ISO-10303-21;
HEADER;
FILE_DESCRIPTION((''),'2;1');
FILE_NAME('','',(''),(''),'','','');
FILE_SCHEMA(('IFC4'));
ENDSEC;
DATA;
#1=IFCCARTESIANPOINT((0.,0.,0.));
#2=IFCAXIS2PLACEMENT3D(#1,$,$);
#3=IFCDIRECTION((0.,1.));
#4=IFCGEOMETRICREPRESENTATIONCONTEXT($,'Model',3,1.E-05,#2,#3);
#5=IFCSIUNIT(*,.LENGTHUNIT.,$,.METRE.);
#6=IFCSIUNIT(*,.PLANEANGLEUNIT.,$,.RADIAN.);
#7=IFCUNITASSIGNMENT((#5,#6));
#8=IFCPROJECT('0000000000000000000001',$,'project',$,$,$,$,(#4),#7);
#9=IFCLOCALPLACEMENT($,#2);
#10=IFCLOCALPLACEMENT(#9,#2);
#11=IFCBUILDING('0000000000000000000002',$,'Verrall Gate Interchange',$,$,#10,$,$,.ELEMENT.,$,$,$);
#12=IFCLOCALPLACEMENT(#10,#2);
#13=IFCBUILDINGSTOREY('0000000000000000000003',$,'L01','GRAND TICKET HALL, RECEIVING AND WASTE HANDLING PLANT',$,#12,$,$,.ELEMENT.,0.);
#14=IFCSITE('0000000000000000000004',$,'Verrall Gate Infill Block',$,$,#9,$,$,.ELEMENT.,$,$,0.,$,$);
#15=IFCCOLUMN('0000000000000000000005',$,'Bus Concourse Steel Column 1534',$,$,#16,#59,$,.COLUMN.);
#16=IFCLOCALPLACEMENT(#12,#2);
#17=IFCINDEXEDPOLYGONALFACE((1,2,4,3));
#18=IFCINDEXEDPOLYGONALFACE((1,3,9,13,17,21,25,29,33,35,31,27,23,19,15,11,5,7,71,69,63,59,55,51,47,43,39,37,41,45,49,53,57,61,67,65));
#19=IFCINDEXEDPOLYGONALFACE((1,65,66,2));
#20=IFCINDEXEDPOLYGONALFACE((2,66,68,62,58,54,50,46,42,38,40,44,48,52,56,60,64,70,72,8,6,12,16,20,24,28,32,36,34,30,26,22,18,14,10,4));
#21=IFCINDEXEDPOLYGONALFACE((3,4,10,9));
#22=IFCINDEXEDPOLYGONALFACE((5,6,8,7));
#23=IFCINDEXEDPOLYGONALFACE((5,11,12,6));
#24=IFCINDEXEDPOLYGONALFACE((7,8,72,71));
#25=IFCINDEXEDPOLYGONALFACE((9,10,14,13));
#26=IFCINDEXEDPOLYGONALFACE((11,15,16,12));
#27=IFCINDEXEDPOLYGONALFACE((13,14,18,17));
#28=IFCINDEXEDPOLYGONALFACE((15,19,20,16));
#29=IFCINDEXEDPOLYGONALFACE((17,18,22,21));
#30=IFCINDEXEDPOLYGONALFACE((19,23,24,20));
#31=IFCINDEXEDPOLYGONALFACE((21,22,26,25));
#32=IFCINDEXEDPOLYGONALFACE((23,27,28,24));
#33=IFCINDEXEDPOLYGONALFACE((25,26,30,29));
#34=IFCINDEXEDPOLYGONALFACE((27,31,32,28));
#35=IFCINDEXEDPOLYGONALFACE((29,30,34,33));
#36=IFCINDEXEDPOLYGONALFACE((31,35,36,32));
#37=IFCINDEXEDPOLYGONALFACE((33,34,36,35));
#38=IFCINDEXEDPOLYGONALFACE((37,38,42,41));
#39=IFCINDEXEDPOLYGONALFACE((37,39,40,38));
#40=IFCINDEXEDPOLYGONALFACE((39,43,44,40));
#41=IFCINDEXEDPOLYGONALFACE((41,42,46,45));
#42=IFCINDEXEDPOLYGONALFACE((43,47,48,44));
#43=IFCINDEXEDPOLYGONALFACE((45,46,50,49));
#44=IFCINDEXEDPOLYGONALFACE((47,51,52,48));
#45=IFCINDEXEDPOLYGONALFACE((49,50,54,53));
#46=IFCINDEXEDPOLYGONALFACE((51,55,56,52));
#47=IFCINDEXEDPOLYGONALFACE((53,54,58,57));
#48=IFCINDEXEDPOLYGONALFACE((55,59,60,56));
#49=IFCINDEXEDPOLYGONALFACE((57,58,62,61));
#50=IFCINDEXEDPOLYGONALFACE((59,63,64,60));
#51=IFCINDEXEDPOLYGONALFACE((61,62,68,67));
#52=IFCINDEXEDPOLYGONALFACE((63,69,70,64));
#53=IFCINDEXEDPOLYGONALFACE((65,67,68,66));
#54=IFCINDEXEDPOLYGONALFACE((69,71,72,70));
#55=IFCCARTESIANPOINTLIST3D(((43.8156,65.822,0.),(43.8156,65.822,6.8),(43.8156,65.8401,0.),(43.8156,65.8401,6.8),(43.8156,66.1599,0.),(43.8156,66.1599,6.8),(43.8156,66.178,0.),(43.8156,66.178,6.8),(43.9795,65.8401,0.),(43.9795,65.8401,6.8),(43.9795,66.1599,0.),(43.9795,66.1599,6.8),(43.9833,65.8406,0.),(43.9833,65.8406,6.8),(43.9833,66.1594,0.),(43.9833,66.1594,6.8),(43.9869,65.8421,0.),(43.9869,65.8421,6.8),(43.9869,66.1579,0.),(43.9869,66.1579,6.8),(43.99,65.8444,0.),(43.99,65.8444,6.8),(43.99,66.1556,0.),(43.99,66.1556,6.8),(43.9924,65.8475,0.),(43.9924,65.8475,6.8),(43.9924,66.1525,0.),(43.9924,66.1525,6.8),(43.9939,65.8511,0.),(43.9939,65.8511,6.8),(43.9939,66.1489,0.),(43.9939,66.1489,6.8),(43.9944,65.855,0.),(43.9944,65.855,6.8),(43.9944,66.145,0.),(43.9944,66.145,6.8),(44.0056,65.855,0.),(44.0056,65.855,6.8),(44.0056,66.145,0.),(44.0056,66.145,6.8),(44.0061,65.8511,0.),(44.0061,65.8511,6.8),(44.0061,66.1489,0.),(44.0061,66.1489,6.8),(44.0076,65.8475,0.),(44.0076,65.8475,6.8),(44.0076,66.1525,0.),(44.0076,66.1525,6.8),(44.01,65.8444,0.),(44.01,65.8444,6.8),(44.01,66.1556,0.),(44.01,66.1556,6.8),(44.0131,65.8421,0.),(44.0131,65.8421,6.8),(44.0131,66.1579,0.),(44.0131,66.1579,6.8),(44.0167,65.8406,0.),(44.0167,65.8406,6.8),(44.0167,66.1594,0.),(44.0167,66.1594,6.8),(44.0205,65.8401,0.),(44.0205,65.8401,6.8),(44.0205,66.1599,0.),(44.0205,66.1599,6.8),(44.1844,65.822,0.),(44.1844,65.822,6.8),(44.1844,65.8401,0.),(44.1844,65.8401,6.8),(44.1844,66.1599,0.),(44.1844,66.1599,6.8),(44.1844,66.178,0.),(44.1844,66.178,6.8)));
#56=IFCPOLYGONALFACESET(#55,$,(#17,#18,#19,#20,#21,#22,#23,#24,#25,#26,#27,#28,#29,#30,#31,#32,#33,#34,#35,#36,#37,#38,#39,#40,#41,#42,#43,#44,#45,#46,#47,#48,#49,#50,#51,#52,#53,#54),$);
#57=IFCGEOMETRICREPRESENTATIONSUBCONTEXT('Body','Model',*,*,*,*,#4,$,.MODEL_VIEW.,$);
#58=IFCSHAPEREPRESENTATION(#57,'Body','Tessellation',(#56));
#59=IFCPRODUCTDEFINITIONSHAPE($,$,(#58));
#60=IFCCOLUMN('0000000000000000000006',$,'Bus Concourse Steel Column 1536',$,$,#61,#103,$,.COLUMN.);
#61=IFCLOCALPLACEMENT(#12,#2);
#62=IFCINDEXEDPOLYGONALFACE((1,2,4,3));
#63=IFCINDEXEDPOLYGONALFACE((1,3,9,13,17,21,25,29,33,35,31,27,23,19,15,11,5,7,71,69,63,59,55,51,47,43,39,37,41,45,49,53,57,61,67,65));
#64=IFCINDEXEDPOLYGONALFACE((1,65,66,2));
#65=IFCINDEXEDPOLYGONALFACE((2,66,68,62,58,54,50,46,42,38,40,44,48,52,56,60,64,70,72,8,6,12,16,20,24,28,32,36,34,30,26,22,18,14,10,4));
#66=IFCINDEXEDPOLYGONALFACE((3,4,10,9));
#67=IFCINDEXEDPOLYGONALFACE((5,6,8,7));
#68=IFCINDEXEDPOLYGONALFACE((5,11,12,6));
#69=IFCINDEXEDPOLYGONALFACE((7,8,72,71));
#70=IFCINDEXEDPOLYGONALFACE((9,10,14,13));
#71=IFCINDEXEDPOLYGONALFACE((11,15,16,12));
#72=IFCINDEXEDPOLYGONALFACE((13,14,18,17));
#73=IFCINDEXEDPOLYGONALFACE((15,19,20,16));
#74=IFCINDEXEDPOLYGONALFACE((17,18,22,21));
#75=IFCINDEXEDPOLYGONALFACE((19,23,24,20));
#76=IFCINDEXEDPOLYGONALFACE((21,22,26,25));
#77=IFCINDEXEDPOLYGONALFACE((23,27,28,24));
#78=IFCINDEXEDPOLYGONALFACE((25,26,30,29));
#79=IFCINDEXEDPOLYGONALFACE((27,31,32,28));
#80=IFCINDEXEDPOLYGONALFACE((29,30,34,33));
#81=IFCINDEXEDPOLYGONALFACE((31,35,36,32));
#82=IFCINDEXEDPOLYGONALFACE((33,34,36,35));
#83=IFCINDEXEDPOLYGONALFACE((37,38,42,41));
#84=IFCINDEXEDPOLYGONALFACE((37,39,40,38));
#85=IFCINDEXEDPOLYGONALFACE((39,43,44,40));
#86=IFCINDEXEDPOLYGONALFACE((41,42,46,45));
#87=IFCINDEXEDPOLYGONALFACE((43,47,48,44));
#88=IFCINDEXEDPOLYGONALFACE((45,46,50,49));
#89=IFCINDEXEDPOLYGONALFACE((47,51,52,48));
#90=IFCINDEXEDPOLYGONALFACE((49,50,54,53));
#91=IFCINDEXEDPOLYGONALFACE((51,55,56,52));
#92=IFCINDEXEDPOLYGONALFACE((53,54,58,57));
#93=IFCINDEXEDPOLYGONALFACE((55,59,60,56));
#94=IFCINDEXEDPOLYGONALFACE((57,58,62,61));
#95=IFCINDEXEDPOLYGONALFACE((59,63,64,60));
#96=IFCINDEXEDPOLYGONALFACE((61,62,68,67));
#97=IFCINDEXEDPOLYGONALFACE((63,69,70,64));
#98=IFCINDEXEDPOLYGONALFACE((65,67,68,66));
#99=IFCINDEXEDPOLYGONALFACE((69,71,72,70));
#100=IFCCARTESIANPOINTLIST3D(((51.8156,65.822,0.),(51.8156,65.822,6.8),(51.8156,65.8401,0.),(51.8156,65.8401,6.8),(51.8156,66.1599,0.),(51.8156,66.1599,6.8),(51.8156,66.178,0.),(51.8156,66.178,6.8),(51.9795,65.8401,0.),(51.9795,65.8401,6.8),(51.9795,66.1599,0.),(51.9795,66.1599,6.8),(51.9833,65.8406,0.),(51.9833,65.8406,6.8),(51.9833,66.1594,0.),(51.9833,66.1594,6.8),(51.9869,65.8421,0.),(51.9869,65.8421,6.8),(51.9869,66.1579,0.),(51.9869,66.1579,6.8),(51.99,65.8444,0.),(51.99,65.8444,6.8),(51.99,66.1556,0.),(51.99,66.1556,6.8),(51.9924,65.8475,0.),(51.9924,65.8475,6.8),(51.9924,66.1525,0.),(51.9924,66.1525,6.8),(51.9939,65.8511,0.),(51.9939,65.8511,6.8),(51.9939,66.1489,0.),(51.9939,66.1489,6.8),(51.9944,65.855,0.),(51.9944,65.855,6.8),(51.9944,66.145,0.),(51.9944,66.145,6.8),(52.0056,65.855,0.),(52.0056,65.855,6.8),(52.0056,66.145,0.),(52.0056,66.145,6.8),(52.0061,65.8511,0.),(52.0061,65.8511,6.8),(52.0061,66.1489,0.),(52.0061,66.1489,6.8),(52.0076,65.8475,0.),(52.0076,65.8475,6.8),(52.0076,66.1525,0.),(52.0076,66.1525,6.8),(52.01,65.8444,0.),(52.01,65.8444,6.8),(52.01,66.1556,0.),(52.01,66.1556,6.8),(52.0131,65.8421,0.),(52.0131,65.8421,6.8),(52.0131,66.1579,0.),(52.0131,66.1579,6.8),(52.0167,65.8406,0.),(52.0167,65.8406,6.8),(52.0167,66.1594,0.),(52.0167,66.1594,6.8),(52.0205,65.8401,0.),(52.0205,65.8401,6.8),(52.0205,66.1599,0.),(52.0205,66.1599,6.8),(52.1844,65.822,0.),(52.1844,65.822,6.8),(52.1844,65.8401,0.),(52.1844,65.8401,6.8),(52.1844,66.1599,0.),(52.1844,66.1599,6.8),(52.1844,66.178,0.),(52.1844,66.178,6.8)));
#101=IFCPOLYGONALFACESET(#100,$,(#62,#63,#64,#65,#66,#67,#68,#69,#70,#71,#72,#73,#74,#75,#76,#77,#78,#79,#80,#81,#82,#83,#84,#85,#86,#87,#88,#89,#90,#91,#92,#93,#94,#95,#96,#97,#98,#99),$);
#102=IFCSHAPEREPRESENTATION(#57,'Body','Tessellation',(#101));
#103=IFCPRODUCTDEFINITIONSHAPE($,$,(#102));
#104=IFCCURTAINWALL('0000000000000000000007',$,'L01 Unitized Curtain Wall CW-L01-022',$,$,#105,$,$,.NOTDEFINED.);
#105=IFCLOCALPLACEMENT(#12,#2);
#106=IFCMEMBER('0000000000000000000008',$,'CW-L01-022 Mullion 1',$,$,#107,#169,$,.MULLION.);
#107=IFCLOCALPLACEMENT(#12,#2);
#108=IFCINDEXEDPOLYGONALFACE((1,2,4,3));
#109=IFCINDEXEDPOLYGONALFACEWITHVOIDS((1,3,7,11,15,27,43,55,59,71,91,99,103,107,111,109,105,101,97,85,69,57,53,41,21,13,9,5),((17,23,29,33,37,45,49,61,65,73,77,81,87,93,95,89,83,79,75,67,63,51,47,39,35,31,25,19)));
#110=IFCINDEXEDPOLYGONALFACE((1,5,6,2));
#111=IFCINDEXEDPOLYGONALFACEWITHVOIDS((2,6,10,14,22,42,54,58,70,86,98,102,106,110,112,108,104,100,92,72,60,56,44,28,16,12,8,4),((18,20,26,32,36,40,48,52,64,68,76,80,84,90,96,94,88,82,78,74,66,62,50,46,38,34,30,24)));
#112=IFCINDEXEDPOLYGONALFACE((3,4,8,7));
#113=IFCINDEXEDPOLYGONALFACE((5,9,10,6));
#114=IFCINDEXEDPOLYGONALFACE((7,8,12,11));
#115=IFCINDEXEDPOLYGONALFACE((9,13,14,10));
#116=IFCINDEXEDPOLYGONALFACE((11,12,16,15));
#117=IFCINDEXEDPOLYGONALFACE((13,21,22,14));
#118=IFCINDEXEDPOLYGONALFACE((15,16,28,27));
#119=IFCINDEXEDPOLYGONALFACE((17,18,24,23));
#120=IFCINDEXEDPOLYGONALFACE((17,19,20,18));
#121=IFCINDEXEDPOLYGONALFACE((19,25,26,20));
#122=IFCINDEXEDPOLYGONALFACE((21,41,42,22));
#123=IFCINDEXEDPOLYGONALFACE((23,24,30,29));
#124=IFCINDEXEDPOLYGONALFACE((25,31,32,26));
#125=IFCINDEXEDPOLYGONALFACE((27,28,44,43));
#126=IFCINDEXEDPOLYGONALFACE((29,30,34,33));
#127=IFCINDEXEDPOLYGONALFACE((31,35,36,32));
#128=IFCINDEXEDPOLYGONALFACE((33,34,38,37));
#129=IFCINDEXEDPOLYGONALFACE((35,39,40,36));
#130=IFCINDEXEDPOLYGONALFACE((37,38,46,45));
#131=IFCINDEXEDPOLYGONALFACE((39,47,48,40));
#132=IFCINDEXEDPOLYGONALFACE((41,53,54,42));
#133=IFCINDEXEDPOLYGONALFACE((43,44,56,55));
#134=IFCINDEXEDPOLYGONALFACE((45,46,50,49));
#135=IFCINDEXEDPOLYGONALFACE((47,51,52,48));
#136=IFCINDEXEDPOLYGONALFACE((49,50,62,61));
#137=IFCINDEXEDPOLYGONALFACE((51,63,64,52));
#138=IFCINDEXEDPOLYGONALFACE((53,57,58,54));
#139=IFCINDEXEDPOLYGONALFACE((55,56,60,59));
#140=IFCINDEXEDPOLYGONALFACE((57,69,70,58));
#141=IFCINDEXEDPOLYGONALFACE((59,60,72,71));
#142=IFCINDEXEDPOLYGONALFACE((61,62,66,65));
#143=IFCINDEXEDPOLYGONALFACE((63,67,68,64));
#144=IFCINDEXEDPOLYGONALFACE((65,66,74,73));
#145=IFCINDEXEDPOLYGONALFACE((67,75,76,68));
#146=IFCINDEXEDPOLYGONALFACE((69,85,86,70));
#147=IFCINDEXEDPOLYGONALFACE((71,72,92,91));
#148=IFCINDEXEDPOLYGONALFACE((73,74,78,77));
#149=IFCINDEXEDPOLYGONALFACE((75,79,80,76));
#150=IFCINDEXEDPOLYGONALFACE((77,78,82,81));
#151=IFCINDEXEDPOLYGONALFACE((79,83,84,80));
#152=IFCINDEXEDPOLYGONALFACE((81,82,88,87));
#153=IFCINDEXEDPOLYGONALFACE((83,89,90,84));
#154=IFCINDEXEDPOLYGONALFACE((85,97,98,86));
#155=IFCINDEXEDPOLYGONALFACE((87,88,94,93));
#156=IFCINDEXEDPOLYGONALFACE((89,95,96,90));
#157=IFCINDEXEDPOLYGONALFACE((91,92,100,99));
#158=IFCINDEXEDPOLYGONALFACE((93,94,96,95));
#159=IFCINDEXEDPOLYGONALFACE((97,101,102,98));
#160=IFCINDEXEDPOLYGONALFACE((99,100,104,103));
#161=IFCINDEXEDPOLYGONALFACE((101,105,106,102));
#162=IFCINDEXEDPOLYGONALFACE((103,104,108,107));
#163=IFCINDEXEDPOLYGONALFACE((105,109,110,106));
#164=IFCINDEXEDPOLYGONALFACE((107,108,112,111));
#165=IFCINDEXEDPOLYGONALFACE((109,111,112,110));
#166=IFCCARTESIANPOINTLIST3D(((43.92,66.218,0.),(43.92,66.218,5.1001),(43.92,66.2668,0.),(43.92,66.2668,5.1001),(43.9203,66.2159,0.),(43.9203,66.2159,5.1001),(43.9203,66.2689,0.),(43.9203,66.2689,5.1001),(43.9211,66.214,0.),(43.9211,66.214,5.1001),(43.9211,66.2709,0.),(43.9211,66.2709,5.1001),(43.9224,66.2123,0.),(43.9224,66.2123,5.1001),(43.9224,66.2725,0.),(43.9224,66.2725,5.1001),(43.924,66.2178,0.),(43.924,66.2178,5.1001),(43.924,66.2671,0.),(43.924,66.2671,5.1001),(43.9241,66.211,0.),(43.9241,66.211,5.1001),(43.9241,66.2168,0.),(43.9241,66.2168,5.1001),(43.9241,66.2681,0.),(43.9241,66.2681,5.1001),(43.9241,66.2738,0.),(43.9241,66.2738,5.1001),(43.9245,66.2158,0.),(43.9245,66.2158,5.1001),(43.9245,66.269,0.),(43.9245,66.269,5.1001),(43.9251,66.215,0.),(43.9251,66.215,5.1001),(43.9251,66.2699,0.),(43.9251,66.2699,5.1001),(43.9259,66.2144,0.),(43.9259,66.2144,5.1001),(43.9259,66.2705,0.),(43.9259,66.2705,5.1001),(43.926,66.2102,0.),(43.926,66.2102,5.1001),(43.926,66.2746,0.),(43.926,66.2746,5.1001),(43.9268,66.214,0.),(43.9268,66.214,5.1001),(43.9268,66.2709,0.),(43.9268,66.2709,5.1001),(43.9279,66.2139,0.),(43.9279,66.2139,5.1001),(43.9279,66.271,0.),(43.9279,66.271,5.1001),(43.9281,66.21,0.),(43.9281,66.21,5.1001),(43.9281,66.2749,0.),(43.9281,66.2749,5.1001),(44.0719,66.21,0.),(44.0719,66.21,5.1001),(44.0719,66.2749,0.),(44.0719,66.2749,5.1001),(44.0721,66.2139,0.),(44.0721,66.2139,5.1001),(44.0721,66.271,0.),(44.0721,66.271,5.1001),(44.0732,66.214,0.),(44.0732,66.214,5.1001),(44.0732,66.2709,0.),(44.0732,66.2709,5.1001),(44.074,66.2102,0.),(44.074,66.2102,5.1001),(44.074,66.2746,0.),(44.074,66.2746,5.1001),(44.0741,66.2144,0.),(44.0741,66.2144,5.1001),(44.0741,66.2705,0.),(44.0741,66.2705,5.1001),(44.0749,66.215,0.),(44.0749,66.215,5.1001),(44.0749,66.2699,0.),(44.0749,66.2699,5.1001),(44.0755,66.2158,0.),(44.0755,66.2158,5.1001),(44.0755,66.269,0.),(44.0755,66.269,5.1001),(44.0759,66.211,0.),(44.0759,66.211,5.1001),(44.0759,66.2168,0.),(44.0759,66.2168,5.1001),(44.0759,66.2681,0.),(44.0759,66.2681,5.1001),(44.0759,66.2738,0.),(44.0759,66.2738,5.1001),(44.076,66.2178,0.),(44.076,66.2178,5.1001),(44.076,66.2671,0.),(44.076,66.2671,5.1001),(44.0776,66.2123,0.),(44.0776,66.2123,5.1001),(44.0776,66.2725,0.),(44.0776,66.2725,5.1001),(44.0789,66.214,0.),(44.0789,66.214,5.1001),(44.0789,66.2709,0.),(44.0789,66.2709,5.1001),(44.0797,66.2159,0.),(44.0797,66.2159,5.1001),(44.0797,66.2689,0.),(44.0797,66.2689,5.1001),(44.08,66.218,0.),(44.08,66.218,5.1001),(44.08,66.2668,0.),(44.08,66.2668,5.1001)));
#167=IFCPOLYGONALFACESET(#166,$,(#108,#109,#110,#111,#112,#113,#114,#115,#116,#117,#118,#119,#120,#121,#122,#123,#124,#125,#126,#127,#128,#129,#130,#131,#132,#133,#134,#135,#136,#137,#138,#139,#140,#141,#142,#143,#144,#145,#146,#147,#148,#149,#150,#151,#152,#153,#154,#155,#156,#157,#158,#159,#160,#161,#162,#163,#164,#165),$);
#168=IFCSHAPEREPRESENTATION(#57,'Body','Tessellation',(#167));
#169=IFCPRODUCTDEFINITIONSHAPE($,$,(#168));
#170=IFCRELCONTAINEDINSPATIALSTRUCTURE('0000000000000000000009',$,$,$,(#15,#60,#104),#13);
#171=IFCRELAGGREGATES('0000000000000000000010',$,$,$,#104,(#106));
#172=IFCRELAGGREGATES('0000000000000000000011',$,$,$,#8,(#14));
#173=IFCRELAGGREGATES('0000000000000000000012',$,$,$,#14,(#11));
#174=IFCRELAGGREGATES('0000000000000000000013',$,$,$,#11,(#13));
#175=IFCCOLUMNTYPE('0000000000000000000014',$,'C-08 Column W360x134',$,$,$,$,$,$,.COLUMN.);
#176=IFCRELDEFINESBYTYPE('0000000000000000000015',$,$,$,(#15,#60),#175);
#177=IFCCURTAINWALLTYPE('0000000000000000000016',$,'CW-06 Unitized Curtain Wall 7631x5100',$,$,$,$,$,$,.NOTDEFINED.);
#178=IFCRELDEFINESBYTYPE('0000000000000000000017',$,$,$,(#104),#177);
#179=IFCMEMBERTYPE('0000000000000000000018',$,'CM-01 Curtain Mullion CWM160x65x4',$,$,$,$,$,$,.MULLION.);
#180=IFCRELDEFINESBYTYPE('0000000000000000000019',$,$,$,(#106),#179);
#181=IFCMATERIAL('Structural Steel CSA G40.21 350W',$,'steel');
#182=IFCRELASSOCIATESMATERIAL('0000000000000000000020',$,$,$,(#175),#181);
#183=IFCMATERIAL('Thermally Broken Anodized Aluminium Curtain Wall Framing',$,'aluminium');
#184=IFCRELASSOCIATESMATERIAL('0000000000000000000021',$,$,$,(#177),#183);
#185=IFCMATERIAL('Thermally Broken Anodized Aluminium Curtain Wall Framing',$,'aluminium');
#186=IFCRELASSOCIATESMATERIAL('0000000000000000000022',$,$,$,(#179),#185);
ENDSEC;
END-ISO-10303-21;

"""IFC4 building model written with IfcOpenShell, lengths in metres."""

from ifc_helpers import new_model, si_unit, direction, frame, origin, origin_2d, place, context, subcontext, project, spatial, hollow_rectangle, i_section, extrude, material, material_profile, profile_set, type_object, element, aggregate, save


model = new_model("IFC4")

# Units and contexts
model_context = context("Model", 3, precision=1e-05, world=origin(), true_north=direction((0.0, 1.0)))
body_context = subcontext(model_context, "Body", "Model", "MODEL_VIEW")
ifc_project = project(units=[si_unit("LENGTHUNIT", "METRE"), si_unit("PLANEANGLEUNIT", "RADIAN")], contexts=[model_context])

# Site, building, storey
site_placement = place(None, origin())
site = spatial("IfcSite", under=ifc_project, at=site_placement, Name="Verrall Gate Infill Block", CompositionType="ELEMENT", RefElevation=0.0)
building_placement = place(site_placement, origin())
building = spatial("IfcBuilding", under=site, at=building_placement, Name="Verrall Gate Interchange", CompositionType="ELEMENT")
storey_placement = place(building_placement, origin())
storey = spatial("IfcBuildingStorey", under=building, at=storey_placement, Name="L01", Description="GRAND TICKET HALL, RECEIVING AND WASTE HANDLING PLANT", CompositionType="ELEMENT", Elevation=0.0)

# Columns
ifc_material_1 = material(Name="Structural Steel CSA G40.21 350W", Category="steel")
ifc_material_profile_1 = material_profile(ifc_material_1, i_section(OverallWidth=0.3689, OverallDepth=0.356, WebThickness=0.0112, FlangeThickness=0.0181, FilletRadius=0.0149, at=origin_2d()), Name="W360x134")
ifc_profile_set_1 = profile_set([ifc_material_profile_1], Name="Structural Steel CSA G40.21 350W")
column_type = type_object("IfcColumnType", Name="C-08 Column W360x134", PredefinedType="COLUMN", material=ifc_profile_set_1)
for number, where, z_axis, x_axis, name in (
    (1, (44.0, 66.0, 0.0), (0.0, 0.0, 1.0), (1.0, 0.0, 0.0), "Bus Concourse Steel Column 1534"),
    (2, (52.0, 66.0, 0.0), (0.0, 0.0, 1.0), (1.0, 0.0, 0.0), "Bus Concourse Steel Column 1536"),
):
    element("IfcColumn", number, at=place(storey_placement, frame(where, z_axis=z_axis, x_axis=x_axis)), inside=storey, type_object=column_type, Name=name, PredefinedType="COLUMN", context=body_context, shape_type="SweptSolid", body=[
        extrude(i_section(OverallWidth=0.3689, OverallDepth=0.356, WebThickness=0.0112, FlangeThickness=0.0181, FilletRadius=0.0149, at=origin_2d()), origin(), (0.0, 0.0, 1.0), 6.8),
    ])

# Curtain wall, member
ifc_material_2 = material(Name="Thermally Broken Anodized Aluminium Curtain Wall Framing", Category="aluminium")
curtain_wall_type_1 = type_object("IfcCurtainWallType", Name="CW-06 Unitized Curtain Wall 7631x5100", PredefinedType="NOTDEFINED", material=ifc_material_2)
curtain_wall_1_placement = place(storey_placement, origin())
curtain_wall_1 = element("IfcCurtainWall", 3, at=curtain_wall_1_placement, inside=storey, type_object=curtain_wall_type_1, Name="L01 Unitized Curtain Wall CW-L01-022", PredefinedType="NOTDEFINED")
ifc_material_3 = material(Name="Thermally Broken Anodized Aluminium Curtain Wall Framing", Category="aluminium")
ifc_material_profile_2 = material_profile(ifc_material_3, hollow_rectangle(XDim=0.0649, YDim=0.1599, WallThickness=0.0039, InnerFilletRadius=0.0039, OuterFilletRadius=0.0081, at=origin_2d()), Name="CWM160x65x4")
ifc_profile_set_2 = profile_set([ifc_material_profile_2], Name="Thermally Broken Anodized Aluminium Curtain Wall Framing")
member_type_1 = type_object("IfcMemberType", Name="CM-01 Curtain Mullion CWM160x65x4", PredefinedType="MULLION", material=ifc_profile_set_2)
member_1_placement = place(storey_placement, frame((44.0, 66.2424, 0.0), z_axis=(0.0, 0.0, 1.0), x_axis=(0.0, 1.0, 0.0)))
member_1 = element("IfcMember", 4, at=member_1_placement, type_object=member_type_1, Name="CW-L01-022 Mullion 1", PredefinedType="MULLION", context=body_context, shape_type="SweptSolid", body=[
    extrude(hollow_rectangle(XDim=0.0649, YDim=0.1599, WallThickness=0.0039, InnerFilletRadius=0.0039, OuterFilletRadius=0.0081, at=origin_2d()), origin(), (0.0, 0.0, 1.0), 5.1001),
])

aggregate(curtain_wall_1, [member_1])

save(model, "model.ifc")
